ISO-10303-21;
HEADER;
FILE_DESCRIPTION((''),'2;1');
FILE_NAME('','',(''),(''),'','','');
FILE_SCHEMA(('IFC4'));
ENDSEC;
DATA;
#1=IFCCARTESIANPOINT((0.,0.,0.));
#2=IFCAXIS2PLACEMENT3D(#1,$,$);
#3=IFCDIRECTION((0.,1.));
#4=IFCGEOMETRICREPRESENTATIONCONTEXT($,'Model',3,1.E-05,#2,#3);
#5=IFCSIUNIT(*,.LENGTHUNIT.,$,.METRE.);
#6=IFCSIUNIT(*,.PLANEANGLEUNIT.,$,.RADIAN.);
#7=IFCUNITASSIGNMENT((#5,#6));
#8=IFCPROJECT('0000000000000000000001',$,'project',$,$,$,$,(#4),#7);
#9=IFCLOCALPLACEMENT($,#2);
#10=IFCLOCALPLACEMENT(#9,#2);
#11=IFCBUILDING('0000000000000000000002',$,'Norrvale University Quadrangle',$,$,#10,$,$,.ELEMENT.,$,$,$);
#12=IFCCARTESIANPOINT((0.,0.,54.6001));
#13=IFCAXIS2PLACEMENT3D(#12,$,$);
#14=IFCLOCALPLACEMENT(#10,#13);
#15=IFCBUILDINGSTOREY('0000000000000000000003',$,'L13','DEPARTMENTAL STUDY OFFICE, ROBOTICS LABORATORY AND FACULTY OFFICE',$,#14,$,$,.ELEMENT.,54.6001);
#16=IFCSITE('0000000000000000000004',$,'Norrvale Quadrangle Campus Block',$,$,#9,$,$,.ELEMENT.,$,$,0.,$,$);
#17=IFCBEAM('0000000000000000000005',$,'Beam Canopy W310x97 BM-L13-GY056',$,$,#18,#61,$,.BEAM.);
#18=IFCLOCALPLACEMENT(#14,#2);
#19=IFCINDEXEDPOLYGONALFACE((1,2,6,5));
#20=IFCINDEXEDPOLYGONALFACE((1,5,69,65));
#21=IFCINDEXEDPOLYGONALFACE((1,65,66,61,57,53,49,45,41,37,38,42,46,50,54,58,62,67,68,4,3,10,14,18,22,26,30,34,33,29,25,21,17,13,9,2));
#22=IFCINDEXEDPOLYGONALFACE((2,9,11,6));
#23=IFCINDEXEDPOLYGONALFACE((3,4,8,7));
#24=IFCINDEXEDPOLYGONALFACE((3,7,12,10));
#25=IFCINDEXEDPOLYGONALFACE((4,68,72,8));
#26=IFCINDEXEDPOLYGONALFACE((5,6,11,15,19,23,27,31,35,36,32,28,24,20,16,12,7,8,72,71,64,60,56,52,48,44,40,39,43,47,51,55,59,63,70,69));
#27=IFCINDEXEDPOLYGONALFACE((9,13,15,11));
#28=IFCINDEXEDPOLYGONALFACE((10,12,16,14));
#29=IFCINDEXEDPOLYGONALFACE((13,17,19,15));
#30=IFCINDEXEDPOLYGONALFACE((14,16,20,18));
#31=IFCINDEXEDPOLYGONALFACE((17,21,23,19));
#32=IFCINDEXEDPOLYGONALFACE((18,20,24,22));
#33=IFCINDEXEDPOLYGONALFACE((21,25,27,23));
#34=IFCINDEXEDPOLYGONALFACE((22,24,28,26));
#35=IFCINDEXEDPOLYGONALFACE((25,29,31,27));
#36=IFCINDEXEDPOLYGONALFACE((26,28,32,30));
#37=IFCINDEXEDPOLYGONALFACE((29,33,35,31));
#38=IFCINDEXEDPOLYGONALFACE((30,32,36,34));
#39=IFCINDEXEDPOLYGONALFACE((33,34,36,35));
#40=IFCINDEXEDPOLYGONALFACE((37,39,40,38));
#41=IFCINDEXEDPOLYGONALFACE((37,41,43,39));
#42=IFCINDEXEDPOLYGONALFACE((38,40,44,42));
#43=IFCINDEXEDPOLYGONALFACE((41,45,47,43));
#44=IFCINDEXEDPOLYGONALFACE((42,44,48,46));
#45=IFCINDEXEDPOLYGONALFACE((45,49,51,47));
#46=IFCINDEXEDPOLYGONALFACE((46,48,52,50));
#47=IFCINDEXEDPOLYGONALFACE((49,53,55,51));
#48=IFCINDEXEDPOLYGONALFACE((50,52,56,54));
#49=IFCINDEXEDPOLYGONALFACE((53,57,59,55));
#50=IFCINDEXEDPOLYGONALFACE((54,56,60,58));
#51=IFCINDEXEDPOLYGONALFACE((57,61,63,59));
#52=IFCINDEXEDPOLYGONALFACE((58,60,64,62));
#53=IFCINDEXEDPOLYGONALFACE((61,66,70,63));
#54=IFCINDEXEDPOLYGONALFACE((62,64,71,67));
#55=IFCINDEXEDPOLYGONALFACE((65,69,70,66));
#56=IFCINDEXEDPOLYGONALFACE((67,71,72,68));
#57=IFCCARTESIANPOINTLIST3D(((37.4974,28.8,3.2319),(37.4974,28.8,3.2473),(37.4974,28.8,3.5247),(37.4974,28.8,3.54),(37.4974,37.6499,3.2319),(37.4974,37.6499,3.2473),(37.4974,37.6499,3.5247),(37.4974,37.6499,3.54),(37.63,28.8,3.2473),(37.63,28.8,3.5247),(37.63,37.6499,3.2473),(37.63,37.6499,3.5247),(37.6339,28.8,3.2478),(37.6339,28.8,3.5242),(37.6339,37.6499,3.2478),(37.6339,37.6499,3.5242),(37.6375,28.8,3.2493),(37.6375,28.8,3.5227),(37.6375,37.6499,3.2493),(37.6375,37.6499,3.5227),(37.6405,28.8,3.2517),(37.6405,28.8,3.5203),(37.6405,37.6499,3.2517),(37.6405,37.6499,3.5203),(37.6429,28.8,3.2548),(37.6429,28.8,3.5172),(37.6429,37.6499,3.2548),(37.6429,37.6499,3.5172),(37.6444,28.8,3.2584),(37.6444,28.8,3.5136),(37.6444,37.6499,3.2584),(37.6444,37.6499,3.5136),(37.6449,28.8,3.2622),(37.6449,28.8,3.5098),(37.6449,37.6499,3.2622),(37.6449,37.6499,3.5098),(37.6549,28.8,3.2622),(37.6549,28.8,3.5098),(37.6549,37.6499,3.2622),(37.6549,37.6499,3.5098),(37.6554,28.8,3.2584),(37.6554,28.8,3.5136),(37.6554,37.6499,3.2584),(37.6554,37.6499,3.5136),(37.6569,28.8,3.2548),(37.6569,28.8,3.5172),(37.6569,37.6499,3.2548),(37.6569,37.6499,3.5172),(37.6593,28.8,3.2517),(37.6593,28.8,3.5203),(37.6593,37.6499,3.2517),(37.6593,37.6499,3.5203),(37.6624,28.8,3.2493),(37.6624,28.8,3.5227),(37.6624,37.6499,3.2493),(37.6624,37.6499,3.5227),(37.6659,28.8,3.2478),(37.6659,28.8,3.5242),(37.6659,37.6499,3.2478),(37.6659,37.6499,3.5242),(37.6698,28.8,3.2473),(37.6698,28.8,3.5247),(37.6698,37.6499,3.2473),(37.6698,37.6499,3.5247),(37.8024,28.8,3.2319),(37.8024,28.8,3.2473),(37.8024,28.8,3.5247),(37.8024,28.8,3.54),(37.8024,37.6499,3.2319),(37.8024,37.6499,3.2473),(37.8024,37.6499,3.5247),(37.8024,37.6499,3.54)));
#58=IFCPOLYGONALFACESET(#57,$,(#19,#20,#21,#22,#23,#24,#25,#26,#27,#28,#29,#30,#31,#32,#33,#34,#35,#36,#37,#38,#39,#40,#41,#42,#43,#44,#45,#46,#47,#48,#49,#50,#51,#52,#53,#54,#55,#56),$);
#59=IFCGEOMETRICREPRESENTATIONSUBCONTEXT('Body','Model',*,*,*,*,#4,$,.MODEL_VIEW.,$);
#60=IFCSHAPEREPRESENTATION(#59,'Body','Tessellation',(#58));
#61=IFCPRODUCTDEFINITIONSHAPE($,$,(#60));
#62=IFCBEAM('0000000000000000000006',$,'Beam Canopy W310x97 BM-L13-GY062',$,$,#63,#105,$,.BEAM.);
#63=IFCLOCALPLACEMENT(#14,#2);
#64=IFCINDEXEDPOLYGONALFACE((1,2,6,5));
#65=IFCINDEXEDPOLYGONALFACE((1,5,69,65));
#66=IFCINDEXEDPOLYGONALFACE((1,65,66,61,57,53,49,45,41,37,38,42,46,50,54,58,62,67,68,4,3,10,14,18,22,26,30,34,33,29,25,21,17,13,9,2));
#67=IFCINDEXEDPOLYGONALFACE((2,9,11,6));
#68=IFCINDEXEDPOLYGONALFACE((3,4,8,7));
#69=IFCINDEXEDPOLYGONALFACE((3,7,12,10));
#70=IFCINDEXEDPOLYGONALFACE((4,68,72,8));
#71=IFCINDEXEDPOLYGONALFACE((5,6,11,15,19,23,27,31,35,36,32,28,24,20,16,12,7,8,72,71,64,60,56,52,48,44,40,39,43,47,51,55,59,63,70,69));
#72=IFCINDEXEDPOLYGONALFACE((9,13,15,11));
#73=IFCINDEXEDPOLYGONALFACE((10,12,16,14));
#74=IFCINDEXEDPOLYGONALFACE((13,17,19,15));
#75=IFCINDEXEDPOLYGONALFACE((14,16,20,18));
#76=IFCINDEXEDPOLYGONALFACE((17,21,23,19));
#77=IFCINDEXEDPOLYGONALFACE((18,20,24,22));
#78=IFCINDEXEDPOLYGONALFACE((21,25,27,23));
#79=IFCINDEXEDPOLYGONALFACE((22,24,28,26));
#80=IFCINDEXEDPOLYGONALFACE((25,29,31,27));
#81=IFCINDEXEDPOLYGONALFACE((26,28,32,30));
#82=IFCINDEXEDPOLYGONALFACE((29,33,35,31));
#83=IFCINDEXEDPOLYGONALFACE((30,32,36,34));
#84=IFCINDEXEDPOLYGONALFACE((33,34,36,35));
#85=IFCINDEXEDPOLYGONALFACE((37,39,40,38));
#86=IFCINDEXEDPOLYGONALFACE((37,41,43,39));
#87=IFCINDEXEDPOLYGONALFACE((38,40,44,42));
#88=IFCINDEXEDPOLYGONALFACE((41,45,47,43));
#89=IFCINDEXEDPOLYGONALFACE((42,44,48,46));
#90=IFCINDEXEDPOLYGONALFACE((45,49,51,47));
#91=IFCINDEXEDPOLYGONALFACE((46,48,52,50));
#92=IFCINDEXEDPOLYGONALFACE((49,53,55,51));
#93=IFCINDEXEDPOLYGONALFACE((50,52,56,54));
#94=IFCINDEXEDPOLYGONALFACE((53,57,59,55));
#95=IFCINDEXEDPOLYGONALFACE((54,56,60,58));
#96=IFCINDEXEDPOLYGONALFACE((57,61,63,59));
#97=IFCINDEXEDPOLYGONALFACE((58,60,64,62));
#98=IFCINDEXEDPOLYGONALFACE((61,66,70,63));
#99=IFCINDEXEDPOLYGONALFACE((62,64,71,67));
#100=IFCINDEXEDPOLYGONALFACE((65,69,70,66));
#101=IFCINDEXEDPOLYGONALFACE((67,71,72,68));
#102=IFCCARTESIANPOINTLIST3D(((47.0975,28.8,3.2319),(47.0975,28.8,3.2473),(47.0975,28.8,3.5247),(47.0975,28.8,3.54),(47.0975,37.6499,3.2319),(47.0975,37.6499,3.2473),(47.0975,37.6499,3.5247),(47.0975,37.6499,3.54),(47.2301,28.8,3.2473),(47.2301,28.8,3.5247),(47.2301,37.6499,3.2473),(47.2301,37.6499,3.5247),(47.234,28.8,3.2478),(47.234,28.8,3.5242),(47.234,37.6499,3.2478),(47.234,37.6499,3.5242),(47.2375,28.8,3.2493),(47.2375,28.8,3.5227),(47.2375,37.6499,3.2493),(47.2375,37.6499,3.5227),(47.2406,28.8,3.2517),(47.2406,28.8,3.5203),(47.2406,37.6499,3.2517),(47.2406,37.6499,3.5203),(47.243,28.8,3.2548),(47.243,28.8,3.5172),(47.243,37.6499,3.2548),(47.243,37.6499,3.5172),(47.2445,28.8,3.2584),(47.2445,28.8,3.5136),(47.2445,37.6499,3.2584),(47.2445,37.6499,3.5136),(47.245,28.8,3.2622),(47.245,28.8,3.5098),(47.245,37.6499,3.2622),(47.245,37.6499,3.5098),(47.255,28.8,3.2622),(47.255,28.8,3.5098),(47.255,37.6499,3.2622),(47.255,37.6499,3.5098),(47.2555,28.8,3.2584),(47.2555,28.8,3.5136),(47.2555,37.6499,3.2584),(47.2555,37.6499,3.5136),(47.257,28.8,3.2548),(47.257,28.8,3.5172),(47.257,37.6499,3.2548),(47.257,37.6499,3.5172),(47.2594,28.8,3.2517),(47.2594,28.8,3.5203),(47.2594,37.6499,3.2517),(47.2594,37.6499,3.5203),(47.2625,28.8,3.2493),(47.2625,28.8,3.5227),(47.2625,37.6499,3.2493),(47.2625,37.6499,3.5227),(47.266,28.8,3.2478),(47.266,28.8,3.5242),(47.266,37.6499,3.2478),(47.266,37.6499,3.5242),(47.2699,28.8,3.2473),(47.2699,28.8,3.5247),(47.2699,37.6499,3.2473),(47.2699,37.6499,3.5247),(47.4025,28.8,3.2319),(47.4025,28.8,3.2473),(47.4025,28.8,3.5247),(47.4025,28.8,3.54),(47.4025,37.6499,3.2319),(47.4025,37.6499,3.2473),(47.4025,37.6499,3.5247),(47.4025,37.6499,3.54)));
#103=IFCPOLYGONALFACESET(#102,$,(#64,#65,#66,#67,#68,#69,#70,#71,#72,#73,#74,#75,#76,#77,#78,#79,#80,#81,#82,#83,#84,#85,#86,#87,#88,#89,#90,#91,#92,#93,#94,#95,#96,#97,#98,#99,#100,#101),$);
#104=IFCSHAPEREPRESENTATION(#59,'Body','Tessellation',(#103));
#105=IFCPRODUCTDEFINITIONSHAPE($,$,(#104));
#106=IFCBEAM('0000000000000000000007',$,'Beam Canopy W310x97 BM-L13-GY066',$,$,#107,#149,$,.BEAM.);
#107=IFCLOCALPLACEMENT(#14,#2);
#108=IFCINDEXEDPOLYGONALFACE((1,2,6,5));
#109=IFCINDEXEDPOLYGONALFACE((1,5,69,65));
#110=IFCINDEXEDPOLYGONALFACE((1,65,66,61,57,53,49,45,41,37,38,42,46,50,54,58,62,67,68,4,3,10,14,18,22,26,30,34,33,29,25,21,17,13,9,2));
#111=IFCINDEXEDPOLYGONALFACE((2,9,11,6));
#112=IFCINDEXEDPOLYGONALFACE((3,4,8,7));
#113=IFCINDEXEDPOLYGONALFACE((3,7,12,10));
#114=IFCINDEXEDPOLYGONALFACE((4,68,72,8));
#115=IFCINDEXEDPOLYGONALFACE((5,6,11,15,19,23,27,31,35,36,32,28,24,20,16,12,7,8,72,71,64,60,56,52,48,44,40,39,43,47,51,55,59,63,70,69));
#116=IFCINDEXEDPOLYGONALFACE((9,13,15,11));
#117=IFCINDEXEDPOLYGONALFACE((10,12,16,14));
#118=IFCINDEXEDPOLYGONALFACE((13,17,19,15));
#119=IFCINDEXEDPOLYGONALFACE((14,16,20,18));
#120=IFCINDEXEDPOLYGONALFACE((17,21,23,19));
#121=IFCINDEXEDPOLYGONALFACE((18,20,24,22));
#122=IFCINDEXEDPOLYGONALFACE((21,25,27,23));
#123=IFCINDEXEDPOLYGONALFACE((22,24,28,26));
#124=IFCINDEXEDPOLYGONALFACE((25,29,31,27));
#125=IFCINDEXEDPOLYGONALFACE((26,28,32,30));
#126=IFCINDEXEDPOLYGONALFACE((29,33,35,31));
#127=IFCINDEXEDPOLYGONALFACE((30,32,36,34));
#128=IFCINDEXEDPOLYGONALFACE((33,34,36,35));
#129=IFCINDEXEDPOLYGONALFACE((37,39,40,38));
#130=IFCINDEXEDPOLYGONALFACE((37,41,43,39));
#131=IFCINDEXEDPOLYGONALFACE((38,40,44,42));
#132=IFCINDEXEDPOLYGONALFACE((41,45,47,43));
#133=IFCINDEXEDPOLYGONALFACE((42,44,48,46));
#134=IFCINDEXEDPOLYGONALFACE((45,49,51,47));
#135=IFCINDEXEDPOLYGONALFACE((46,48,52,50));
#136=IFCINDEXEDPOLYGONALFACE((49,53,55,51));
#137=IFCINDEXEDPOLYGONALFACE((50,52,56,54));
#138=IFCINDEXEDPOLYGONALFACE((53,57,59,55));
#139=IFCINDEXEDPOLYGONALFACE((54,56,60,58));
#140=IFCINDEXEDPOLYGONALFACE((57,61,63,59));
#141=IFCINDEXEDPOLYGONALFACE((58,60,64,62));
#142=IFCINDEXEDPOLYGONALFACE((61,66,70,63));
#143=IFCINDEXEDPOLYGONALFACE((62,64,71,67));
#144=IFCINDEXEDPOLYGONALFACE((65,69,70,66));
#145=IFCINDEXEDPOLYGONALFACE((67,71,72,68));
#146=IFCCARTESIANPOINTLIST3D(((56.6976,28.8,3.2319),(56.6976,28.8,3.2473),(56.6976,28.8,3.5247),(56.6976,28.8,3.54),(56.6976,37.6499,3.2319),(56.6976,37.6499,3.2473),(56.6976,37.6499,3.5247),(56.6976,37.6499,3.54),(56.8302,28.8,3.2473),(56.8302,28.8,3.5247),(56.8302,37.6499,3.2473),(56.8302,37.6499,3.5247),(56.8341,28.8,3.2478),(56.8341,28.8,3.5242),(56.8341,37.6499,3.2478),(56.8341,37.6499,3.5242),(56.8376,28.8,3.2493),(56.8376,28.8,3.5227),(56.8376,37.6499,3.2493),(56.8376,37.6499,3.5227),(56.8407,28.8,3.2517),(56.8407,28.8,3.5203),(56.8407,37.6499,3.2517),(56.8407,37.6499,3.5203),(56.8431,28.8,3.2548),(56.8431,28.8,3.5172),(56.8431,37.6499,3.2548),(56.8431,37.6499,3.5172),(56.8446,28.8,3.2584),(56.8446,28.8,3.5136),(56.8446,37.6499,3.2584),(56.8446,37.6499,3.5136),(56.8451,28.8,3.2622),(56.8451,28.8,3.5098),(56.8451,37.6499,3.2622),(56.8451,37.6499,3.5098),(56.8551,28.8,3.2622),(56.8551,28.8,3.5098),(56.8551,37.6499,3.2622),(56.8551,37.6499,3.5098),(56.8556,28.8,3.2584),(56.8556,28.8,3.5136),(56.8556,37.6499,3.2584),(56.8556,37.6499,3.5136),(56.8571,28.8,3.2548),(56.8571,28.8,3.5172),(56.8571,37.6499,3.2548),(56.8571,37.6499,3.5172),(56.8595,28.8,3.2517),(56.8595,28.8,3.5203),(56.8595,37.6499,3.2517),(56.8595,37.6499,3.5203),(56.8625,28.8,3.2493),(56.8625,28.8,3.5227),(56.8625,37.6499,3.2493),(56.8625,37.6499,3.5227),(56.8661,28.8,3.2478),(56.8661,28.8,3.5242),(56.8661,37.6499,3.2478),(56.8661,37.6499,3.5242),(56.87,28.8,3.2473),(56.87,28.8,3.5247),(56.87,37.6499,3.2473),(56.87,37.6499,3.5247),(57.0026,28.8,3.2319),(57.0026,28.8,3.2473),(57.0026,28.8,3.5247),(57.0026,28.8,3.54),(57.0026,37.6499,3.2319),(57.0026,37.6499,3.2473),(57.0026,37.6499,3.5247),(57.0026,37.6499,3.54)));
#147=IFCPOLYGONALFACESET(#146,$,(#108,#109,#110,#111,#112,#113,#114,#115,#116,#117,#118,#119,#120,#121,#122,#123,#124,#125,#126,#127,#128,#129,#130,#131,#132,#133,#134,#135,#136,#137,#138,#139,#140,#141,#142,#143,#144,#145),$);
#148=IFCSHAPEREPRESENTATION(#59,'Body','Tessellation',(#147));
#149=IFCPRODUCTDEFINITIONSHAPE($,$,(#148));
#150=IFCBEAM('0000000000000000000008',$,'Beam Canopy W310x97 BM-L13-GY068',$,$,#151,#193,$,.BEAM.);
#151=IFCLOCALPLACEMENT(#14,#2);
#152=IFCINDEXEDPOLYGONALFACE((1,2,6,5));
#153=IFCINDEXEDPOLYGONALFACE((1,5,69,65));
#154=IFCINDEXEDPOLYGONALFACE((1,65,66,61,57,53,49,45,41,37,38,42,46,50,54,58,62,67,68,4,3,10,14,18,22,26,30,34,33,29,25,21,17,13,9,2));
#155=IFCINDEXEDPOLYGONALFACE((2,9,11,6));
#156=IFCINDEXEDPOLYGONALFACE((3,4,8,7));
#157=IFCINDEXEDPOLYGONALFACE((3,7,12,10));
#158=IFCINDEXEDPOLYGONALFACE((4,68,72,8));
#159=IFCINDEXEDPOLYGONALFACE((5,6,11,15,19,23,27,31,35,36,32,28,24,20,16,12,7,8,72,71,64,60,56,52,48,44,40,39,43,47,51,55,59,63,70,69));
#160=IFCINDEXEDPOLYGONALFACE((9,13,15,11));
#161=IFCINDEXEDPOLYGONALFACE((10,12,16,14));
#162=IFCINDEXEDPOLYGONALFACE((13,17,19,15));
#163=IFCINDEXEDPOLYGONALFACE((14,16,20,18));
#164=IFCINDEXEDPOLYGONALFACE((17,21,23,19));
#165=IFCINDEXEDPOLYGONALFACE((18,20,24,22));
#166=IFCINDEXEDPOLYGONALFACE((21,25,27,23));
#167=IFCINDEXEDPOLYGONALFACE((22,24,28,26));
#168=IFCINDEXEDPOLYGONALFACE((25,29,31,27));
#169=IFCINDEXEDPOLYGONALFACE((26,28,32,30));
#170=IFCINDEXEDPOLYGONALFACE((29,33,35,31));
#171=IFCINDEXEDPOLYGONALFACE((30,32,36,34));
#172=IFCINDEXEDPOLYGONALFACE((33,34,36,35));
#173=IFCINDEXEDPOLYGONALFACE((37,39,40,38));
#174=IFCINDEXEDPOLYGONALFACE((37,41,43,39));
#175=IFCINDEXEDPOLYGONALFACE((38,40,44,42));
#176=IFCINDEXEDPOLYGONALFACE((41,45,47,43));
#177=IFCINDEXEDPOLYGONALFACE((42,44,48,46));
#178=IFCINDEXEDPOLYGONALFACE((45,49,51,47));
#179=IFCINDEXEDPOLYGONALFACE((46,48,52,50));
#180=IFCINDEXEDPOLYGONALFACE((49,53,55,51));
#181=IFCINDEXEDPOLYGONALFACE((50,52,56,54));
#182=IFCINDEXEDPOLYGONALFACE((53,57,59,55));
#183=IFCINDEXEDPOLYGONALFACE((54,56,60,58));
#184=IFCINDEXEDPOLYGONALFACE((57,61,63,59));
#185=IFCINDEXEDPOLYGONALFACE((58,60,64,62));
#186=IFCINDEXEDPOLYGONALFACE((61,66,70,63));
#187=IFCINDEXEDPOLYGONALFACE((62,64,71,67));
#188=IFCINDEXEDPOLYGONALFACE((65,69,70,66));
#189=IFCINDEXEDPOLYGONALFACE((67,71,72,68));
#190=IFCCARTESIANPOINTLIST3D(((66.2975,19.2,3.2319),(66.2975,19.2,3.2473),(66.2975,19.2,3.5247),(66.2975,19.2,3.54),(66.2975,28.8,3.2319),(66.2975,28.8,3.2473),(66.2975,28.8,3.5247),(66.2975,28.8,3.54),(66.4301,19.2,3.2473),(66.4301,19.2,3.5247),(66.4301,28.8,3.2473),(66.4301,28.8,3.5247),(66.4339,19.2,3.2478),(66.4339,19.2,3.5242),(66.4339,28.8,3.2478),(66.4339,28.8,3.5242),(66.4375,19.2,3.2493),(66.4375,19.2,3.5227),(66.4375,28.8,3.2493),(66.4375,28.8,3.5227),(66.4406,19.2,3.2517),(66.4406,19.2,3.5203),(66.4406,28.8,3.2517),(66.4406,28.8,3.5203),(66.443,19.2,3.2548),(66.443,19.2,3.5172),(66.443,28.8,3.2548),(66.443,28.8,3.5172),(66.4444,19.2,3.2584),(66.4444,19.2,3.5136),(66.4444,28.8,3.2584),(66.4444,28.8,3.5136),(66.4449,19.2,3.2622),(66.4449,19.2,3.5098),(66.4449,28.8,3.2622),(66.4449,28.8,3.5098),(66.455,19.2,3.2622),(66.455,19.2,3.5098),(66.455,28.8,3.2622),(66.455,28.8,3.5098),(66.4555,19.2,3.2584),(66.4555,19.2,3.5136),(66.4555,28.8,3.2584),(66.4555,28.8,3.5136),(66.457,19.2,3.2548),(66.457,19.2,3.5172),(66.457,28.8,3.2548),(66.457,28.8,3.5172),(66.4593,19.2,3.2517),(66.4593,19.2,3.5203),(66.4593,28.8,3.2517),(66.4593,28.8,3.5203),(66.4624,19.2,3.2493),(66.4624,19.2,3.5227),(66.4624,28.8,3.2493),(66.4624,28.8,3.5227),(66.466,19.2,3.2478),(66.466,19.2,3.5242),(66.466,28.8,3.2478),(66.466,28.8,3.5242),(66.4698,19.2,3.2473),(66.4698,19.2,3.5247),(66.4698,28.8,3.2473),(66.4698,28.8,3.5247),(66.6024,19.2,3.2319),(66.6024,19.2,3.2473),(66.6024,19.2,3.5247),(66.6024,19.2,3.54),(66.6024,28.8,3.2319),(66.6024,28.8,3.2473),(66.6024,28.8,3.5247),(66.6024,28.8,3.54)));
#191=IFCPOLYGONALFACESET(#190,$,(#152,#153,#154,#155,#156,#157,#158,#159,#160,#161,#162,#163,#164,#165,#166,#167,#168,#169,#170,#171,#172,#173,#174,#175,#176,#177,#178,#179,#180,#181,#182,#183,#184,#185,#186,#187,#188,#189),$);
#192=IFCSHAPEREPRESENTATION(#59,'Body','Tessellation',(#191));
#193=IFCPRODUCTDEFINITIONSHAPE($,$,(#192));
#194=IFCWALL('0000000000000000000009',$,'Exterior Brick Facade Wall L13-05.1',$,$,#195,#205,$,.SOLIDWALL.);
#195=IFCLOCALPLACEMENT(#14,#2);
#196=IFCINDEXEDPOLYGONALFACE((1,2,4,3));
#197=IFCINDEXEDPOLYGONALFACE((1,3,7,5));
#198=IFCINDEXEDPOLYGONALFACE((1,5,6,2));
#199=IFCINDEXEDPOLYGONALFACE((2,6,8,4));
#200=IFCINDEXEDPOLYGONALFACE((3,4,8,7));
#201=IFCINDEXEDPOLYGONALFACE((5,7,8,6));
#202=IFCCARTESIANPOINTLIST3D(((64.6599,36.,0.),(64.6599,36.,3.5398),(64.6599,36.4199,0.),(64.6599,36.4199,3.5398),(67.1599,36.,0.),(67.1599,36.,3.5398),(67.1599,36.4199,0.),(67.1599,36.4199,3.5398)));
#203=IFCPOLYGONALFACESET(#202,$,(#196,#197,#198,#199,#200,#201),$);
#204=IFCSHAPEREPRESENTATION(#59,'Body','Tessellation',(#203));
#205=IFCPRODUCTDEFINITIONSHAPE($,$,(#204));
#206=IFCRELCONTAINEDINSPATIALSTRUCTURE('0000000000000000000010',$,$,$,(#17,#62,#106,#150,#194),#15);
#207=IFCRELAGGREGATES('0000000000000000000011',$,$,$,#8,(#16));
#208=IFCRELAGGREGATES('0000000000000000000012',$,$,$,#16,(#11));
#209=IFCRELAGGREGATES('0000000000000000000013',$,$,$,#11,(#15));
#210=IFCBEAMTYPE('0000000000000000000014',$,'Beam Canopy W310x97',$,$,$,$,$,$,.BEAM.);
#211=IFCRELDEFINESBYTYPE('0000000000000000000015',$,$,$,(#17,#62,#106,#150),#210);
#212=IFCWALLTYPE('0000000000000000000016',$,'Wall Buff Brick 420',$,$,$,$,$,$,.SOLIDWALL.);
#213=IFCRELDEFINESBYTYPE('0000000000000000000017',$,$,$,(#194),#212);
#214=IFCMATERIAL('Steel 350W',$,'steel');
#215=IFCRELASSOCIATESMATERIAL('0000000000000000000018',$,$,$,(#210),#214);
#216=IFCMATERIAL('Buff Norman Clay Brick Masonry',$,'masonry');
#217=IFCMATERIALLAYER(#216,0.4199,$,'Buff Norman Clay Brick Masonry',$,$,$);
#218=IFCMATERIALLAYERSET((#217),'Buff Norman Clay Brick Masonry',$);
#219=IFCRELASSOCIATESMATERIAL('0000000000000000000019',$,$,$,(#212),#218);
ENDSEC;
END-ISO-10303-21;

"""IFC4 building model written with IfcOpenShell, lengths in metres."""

from ifc_helpers import new_model, si_unit, direction, frame, frame_2d, origin, origin_2d, place, context, subcontext, project, spatial, rectangle, i_section, extrude, material, layer, layer_set, material_profile, profile_set, type_object, element, save


model = new_model("IFC4")

# Units and contexts
model_context = context("Model", 3, precision=1e-05, world=origin(), true_north=direction((0.0, 1.0)))
body_context = subcontext(model_context, "Body", "Model", "MODEL_VIEW")
ifc_project = project(units=[si_unit("LENGTHUNIT", "METRE"), si_unit("PLANEANGLEUNIT", "RADIAN")], contexts=[model_context])

# Site, building, storey
site_placement = place(None, origin())
site = spatial("IfcSite", under=ifc_project, at=site_placement, Name="Norrvale Quadrangle Campus Block", CompositionType="ELEMENT", RefElevation=0.0)
building_placement = place(site_placement, origin())
building = spatial("IfcBuilding", under=site, at=building_placement, Name="Norrvale University Quadrangle", CompositionType="ELEMENT")
storey_placement = place(building_placement, frame((0.0, 0.0, 54.6001)))
storey = spatial("IfcBuildingStorey", under=building, at=storey_placement, Name="L13", Description="DEPARTMENTAL STUDY OFFICE, ROBOTICS LABORATORY AND FACULTY OFFICE", CompositionType="ELEMENT", Elevation=54.6001)

# Beams
ifc_material_1 = material(Name="Steel 350W", Category="steel")
ifc_material_profile_1 = material_profile(ifc_material_1, i_section(OverallWidth=0.3049, OverallDepth=0.3081, WebThickness=0.01, FlangeThickness=0.0154, FilletRadius=0.0149, at=origin_2d()), Name="Steel 350W")
ifc_profile_set_1 = profile_set([ifc_material_profile_1], Name="Steel 350W")
beam_type_1 = type_object("IfcBeamType", Name="Beam Canopy W310x97", PredefinedType="BEAM", material=ifc_profile_set_1)
for number, where, z_axis, x_axis, name in (
    (1, (37.6499, 28.8, 3.386), (0.0, 1.0, 0.0), (-1.0, 0.0, 0.0), "Beam Canopy W310x97 BM-L13-GY056"),
    (2, (47.25, 28.8, 3.386), (0.0, 1.0, 0.0), (-1.0, 0.0, 0.0), "Beam Canopy W310x97 BM-L13-GY062"),
    (3, (56.8501, 28.8, 3.386), (0.0, 1.0, 0.0), (-1.0, 0.0, 0.0), "Beam Canopy W310x97 BM-L13-GY066"),
):
    element("IfcBeam", number, at=place(storey_placement, frame(where, z_axis=z_axis, x_axis=x_axis)), inside=storey, type_object=beam_type_1, Name=name, PredefinedType="BEAM", context=body_context, shape_type="SweptSolid", body=[
        extrude(i_section(OverallWidth=0.3049, OverallDepth=0.3081, WebThickness=0.01, FlangeThickness=0.0154, FilletRadius=0.0149, at=origin_2d()), origin(), (0.0, 0.0, 1.0), 8.8499),
    ])
beam_1_placement = place(storey_placement, frame((66.45, 19.2, 3.386), z_axis=(0.0, 1.0, 0.0), x_axis=(-1.0, 0.0, 0.0)))
element("IfcBeam", 4, at=beam_1_placement, inside=storey, type_object=beam_type_1, Name="Beam Canopy W310x97 BM-L13-GY068", PredefinedType="BEAM", context=body_context, shape_type="SweptSolid", body=[
    extrude(i_section(OverallWidth=0.3049, OverallDepth=0.3081, WebThickness=0.01, FlangeThickness=0.0154, FilletRadius=0.0149, at=origin_2d()), origin(), (0.0, 0.0, 1.0), 9.6001),
])

# Wall
ifc_material_2 = material(Name="Buff Norman Clay Brick Masonry", Category="masonry")
ifc_layer = layer(ifc_material_2, 0.4199, Name="Buff Norman Clay Brick Masonry")
ifc_layer_set = layer_set([ifc_layer], Name="Buff Norman Clay Brick Masonry")
wall_type = type_object("IfcWallType", Name="Wall Buff Brick 420", PredefinedType="SOLIDWALL", material=ifc_layer_set)
for number, where, z_axis, x_axis, name in (
    (5, (67.1599, 36.21, 0.0), (0.0, 0.0, 1.0), (-1.0, 0.0, 0.0), "Exterior Brick Facade Wall L13-05.1"),
):
    element("IfcWall", number, at=place(storey_placement, frame(where, z_axis=z_axis, x_axis=x_axis)), inside=storey, type_object=wall_type, Name=name, PredefinedType="SOLIDWALL", context=body_context, shape_type="SweptSolid", body=[
        extrude(rectangle(XDim=2.5, YDim=0.4199, at=frame_2d((1.25, 0.0))), origin(), (0.0, 0.0, 1.0), 3.5398),
    ])

save(model, "model.ifc")
